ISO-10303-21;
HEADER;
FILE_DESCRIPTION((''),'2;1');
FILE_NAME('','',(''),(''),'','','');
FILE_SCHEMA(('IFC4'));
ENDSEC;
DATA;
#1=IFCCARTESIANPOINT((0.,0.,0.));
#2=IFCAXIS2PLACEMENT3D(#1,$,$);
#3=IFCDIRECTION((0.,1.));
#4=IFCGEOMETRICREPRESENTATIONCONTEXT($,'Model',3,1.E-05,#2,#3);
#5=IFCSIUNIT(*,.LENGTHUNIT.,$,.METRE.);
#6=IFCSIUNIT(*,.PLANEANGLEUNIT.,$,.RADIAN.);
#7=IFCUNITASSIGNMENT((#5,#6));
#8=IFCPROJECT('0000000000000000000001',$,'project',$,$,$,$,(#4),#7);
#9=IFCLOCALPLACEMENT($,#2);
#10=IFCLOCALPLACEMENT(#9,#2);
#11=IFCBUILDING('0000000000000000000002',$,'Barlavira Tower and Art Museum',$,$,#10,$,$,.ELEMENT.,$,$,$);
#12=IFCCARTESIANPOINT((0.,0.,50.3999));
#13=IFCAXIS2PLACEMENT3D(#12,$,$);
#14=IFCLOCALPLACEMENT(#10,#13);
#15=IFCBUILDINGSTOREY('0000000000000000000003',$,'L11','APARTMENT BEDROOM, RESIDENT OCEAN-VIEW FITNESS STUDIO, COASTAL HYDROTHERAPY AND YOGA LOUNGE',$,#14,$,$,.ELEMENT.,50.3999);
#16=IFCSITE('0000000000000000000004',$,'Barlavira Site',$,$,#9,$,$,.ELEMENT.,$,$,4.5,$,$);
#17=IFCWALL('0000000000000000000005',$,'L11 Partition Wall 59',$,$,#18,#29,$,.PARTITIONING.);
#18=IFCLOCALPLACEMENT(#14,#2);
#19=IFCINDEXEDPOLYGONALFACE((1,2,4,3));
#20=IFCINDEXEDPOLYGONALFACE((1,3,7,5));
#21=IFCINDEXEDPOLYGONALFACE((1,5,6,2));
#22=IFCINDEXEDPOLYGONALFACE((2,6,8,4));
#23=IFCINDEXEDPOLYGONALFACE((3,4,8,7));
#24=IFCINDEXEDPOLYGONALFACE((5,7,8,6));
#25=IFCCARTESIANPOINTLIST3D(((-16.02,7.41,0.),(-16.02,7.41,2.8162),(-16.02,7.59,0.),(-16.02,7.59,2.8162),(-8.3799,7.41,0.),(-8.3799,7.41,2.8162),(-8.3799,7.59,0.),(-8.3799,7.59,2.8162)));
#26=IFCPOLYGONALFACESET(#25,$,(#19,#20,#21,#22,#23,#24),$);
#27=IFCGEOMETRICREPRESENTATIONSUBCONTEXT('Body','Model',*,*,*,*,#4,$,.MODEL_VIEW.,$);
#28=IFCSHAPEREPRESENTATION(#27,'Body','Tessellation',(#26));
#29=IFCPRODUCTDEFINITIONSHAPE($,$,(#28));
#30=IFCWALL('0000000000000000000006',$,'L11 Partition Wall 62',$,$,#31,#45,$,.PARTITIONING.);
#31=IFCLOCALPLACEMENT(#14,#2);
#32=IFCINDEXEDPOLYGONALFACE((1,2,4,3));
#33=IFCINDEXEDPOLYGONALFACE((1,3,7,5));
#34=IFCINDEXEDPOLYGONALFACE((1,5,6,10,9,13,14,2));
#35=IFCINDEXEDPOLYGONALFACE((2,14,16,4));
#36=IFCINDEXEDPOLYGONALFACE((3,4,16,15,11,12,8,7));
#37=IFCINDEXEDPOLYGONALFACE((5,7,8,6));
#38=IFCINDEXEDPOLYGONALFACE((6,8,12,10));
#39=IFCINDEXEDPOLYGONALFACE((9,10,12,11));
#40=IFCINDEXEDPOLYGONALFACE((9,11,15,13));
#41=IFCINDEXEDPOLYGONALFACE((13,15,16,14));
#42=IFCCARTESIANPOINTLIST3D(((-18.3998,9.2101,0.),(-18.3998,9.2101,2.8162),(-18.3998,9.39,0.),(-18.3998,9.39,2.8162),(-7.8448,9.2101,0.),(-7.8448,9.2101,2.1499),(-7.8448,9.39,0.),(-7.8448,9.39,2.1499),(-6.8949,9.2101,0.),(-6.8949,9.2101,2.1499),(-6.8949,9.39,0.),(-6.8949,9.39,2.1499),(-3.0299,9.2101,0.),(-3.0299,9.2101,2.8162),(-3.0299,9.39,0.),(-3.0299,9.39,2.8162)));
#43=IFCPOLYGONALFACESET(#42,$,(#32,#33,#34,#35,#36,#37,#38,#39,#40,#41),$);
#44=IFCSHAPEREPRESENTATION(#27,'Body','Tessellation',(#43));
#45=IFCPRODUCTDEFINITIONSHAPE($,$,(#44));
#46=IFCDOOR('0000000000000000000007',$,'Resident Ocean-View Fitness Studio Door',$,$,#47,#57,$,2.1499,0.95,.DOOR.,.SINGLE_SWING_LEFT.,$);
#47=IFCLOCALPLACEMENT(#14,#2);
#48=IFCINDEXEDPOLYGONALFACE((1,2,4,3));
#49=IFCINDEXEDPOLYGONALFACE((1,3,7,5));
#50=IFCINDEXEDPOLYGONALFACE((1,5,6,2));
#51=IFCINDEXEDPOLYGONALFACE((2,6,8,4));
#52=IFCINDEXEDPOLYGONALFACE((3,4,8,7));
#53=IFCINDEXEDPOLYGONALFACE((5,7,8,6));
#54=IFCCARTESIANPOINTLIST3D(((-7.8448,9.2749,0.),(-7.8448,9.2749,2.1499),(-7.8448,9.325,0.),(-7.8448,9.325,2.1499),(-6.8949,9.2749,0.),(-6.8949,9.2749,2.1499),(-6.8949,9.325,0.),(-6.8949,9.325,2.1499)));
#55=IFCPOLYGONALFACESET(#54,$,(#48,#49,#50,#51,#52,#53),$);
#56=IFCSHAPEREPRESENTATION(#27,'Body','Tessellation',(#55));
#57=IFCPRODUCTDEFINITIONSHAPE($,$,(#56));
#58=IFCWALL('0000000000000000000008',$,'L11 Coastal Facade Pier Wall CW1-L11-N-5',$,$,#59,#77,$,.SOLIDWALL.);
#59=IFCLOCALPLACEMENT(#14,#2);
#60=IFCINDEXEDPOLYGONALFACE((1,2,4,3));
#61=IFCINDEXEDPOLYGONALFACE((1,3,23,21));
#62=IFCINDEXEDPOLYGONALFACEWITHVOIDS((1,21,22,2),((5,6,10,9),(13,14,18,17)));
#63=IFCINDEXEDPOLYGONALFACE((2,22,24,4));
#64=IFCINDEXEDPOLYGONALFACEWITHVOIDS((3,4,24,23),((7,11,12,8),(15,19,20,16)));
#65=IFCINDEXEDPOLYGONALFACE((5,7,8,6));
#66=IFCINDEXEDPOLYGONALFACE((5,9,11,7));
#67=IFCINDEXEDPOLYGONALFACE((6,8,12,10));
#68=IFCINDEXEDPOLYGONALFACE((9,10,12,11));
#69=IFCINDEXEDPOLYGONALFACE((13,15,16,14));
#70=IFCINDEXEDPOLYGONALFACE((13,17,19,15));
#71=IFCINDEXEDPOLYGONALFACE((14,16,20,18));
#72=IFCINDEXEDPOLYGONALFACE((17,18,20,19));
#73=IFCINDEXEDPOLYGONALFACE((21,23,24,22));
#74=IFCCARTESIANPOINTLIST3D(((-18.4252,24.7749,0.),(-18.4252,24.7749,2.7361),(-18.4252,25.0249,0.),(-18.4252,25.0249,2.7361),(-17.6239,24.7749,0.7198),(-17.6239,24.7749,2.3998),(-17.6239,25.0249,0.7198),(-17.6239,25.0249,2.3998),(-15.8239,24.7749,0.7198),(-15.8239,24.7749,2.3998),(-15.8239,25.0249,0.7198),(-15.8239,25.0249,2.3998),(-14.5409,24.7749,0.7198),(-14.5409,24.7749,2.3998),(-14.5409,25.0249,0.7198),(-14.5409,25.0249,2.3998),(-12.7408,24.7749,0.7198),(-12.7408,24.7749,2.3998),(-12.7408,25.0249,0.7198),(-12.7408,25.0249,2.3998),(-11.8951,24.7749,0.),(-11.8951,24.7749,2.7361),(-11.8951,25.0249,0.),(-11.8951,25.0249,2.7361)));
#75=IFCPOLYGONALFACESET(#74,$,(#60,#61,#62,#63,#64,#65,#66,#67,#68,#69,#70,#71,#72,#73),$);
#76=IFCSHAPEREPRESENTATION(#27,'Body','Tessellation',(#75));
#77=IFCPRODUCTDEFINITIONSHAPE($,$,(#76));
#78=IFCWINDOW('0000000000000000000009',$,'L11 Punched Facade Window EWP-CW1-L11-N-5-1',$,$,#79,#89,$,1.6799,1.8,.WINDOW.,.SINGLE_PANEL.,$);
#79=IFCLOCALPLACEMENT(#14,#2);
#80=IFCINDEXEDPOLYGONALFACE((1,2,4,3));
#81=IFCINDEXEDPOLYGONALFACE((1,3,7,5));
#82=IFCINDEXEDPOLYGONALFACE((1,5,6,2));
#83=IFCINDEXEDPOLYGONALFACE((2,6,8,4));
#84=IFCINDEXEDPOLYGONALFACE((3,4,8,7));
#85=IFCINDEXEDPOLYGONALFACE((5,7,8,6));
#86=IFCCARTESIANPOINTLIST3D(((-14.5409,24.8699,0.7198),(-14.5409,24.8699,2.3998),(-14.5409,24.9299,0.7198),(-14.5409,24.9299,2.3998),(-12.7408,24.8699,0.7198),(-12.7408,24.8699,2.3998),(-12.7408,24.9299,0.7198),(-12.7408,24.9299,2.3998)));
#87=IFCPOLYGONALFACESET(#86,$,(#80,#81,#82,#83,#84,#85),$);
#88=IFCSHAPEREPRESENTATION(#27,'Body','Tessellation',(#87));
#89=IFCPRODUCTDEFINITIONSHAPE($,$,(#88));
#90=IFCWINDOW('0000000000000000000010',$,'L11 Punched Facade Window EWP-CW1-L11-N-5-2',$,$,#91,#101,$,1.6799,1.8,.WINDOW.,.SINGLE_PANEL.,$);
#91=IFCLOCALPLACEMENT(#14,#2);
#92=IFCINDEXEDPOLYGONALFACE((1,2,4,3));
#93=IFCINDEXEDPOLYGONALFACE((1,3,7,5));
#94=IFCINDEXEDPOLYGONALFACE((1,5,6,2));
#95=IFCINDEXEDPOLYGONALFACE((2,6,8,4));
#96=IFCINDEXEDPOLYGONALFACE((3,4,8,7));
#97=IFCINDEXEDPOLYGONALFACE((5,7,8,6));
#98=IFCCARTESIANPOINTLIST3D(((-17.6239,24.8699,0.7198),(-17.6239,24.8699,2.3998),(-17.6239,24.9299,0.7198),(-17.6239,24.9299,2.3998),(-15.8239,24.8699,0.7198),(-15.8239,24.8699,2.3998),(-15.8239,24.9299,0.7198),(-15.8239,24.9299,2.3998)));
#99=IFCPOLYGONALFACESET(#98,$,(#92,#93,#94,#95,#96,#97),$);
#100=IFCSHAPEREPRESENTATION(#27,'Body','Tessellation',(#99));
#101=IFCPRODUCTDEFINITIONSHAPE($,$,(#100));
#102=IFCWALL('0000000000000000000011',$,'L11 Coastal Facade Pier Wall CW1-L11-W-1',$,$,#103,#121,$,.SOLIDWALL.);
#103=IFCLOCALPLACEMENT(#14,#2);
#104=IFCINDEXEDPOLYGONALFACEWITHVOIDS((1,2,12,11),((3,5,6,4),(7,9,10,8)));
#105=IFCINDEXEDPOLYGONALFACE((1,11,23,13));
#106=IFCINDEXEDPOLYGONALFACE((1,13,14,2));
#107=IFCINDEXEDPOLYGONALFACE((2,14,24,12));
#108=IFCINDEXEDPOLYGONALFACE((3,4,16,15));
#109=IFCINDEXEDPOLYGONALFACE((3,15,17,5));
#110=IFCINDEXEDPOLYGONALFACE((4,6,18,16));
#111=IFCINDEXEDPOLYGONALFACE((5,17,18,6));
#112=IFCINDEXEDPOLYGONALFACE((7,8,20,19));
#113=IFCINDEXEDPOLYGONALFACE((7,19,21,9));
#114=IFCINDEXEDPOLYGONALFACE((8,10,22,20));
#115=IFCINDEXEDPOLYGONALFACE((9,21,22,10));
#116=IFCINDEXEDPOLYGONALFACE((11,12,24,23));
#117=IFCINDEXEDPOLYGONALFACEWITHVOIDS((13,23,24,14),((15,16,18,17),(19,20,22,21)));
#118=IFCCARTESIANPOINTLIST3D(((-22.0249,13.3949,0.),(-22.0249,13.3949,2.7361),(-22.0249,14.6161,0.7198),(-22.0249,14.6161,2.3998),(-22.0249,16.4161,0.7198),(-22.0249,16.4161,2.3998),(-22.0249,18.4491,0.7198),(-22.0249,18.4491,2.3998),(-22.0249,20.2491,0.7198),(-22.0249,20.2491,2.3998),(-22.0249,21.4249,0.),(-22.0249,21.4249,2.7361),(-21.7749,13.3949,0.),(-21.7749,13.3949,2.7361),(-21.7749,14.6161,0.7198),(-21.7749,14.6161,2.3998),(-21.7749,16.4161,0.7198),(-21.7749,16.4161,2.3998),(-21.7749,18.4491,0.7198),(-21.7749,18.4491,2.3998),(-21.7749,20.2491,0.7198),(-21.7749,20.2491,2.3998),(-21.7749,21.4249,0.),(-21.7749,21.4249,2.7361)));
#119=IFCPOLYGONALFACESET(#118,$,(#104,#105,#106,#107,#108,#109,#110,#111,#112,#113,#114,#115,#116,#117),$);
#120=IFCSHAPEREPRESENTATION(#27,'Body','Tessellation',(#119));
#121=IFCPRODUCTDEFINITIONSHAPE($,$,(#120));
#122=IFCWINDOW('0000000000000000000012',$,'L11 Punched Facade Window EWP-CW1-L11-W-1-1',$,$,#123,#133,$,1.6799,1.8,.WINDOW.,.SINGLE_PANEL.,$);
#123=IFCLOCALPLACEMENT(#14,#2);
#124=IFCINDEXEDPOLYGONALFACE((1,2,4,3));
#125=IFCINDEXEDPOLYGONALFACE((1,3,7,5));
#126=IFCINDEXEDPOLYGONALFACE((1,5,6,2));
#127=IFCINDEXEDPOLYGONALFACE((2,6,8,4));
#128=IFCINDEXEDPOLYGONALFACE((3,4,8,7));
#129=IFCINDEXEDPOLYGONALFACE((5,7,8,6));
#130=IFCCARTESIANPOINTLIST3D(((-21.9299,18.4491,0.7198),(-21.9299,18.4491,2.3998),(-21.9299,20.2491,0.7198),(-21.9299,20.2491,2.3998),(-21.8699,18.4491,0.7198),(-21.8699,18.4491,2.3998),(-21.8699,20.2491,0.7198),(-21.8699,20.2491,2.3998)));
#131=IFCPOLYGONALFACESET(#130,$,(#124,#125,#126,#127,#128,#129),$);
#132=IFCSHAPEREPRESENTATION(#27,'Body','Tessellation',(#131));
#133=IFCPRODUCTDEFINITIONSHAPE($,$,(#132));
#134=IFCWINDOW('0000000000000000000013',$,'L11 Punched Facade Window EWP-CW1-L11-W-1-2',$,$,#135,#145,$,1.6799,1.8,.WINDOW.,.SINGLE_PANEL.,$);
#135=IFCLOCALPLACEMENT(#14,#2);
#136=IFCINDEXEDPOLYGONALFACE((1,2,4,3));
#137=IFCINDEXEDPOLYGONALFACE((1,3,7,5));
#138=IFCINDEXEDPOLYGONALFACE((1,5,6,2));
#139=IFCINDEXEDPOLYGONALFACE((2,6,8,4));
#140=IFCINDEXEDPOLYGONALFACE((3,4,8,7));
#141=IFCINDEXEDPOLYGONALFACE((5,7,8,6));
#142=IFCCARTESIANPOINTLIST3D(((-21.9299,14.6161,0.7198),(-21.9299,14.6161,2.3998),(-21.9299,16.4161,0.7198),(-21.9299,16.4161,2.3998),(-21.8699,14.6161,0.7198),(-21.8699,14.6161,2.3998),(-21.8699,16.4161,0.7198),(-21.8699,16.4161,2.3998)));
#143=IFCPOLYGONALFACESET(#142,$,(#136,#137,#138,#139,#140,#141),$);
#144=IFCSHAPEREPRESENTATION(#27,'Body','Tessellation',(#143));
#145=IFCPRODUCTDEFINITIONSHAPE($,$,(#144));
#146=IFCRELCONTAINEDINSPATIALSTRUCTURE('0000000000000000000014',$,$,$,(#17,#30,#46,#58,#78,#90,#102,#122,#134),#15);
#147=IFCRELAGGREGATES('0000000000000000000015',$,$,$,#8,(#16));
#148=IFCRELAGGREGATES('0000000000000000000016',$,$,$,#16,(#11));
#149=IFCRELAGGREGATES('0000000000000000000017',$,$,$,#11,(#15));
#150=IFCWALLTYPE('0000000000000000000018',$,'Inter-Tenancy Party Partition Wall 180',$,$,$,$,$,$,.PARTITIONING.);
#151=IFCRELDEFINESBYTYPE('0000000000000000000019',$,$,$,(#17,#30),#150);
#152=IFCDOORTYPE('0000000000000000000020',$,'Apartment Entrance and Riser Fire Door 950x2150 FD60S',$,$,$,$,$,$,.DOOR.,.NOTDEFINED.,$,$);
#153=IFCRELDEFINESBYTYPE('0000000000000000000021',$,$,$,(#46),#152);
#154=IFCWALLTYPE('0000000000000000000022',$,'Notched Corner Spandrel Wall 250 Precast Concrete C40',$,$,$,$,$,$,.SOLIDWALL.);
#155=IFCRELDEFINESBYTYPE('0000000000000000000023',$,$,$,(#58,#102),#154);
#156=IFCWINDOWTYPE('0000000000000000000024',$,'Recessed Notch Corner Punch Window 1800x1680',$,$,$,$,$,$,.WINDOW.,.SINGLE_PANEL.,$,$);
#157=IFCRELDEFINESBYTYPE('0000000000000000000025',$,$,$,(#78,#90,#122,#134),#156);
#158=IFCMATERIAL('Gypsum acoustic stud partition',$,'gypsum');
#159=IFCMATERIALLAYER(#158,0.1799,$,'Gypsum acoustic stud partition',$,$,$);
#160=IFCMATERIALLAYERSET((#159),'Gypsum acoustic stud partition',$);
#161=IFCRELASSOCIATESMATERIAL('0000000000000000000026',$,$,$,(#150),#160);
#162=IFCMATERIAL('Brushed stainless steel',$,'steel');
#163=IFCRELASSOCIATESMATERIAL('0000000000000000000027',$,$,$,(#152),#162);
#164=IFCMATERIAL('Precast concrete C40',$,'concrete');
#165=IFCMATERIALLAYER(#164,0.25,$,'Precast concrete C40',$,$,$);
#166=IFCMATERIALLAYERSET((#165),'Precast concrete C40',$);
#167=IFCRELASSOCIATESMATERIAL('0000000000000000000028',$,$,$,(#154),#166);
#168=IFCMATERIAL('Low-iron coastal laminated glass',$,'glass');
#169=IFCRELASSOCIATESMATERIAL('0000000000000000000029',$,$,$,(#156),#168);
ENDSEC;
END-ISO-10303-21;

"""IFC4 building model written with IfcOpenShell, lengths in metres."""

from ifc_helpers import new_model, si_unit, direction, frame, frame_2d, origin, place, context, subcontext, project, spatial, rectangle, extrude, material, layer, layer_set, type_object, element, fill, save


model = new_model("IFC4")

# Units and contexts
model_context = context("Model", 3, precision=1e-05, world=origin(), true_north=direction((0.0, 1.0)))
body_context = subcontext(model_context, "Body", "Model", "MODEL_VIEW")
ifc_project = project(units=[si_unit("LENGTHUNIT", "METRE"), si_unit("PLANEANGLEUNIT", "RADIAN")], contexts=[model_context])

# Site, building, storey
site_placement = place(None, origin())
site = spatial("IfcSite", under=ifc_project, at=site_placement, Name="Barlavira Site", CompositionType="ELEMENT", RefElevation=4.5)
building_placement = place(site_placement, origin())
building = spatial("IfcBuilding", under=site, at=building_placement, Name="Barlavira Tower and Art Museum", CompositionType="ELEMENT")
storey_placement = place(building_placement, frame((0.0, 0.0, 50.3999)))
storey = spatial("IfcBuildingStorey", under=building, at=storey_placement, Name="L11", Description="APARTMENT BEDROOM, RESIDENT OCEAN-VIEW FITNESS STUDIO, COASTAL HYDROTHERAPY AND YOGA LOUNGE", CompositionType="ELEMENT", Elevation=50.3999)

# Wall
ifc_material_1 = material(Name="Gypsum acoustic stud partition", Category="gypsum")
ifc_layer_1 = layer(ifc_material_1, 0.1799, Name="Gypsum acoustic stud partition")
ifc_layer_set_1 = layer_set([ifc_layer_1], Name="Gypsum acoustic stud partition")
wall_type_1 = type_object("IfcWallType", Name="Inter-Tenancy Party Partition Wall 180", PredefinedType="PARTITIONING", material=ifc_layer_set_1)
wall_1_placement = place(storey_placement, frame((-16.02, 7.5, 0.0), z_axis=(0.0, 0.0, 1.0), x_axis=(1.0, 0.0, 0.0)))
element("IfcWall", 1, at=wall_1_placement, inside=storey, type_object=wall_type_1, Name="L11 Partition Wall 59", PredefinedType="PARTITIONING", context=body_context, shape_type="SweptSolid", body=[
    extrude(rectangle(XDim=7.6401, YDim=0.1799, at=frame_2d((3.8201, 0.0))), origin(), (0.0, 0.0, 1.0), 2.8162),
])

# Wall, opening, door
wall_2_placement = place(storey_placement, frame((-18.3999, 9.3, 0.0), z_axis=(0.0, 0.0, 1.0), x_axis=(1.0, 0.0, 0.0)))
wall_2 = element("IfcWall", 2, at=wall_2_placement, inside=storey, type_object=wall_type_1, Name="L11 Partition Wall 62", PredefinedType="PARTITIONING", context=body_context, shape_type="SweptSolid", body=[
    extrude(rectangle(XDim=15.3699, YDim=0.1799, at=frame_2d((7.6851, 0.0))), origin(), (0.0, 0.0, 1.0), 2.8162),
])
opening_1_placement = place(wall_2_placement, frame((10.5549, 0.0, 0.0)))
opening_1 = element("IfcOpeningElement", 3, at=opening_1_placement, cuts=wall_2, PredefinedType="OPENING", context=body_context, shape_type="SweptSolid", body=[
    extrude(rectangle(XDim=0.95, YDim=2.1499, at=frame_2d((0.4751, 1.075))), frame((0.0, 0.1001, 0.0), z_axis=(0.0, -1.0, 0.0), x_axis=(1.0, 0.0, 0.0)), (0.0, 0.0, 1.0), 0.2),
])
ifc_material_2 = material(Name="Brushed stainless steel", Category="steel")
door_type = type_object("IfcDoorType", Name="Apartment Entrance and Riser Fire Door 950x2150 FD60S", OperationType="NOTDEFINED", PredefinedType="DOOR", material=ifc_material_2)
door_placement = place(opening_1_placement, origin())
door = element("IfcDoor", 4, at=door_placement, inside=storey, type_object=door_type, Name="Resident Ocean-View Fitness Studio Door", OperationType="SINGLE_SWING_LEFT", OverallHeight=2.1499, OverallWidth=0.95, PredefinedType="DOOR", context=body_context, shape_type="SweptSolid", body=[
    extrude(rectangle(XDim=0.95, YDim=2.1499, at=frame_2d((0.4751, 1.075))), frame((0.0, 0.0249, 0.0), z_axis=(0.0, -1.0, 0.0), x_axis=(1.0, 0.0, 0.0)), (0.0, 0.0, 1.0), 0.05),
])
fill(opening_1, door)

# Walls, openings, windows
ifc_material_3 = material(Name="Precast concrete C40", Category="concrete")
ifc_layer_2 = layer(ifc_material_3, 0.25, Name="Precast concrete C40")
ifc_layer_set_2 = layer_set([ifc_layer_2], Name="Precast concrete C40")
wall_type_2 = type_object("IfcWallType", Name="Notched Corner Spandrel Wall 250 Precast Concrete C40", PredefinedType="SOLIDWALL", material=ifc_layer_set_2)
wall_3_placement = place(storey_placement, frame((-11.895, 24.8999, 0.0), z_axis=(0.0, 0.0, 1.0), x_axis=(-1.0, 0.0, 0.0)))
wall_3 = element("IfcWall", 5, at=wall_3_placement, inside=storey, type_object=wall_type_2, Name="L11 Coastal Facade Pier Wall CW1-L11-N-5", PredefinedType="SOLIDWALL", context=body_context, shape_type="SweptSolid", body=[
    extrude(rectangle(XDim=6.53, YDim=0.25, at=frame_2d((3.2651, 0.0))), origin(), (0.0, 0.0, 1.0), 2.7361),
])
opening_2_placement = place(wall_3_placement, frame((0.8459, 0.0, 0.72)))
opening_2 = element("IfcOpeningElement", 6, at=opening_2_placement, cuts=wall_3, PredefinedType="OPENING", context=body_context, shape_type="SweptSolid", body=[
    extrude(rectangle(XDim=1.8, YDim=1.6799, at=frame_2d((0.8999, 0.8398))), frame((0.0, 0.135, 0.0), z_axis=(0.0, -1.0, 0.0), x_axis=(1.0, 0.0, 0.0)), (0.0, 0.0, 1.0), 0.27),
])
opening_3_placement = place(wall_3_placement, frame((3.929, 0.0, 0.72)))
opening_3 = element("IfcOpeningElement", 7, at=opening_3_placement, cuts=wall_3, PredefinedType="OPENING", context=body_context, shape_type="SweptSolid", body=[
    extrude(rectangle(XDim=1.8, YDim=1.6799, at=frame_2d((0.8999, 0.8398))), frame((0.0, 0.135, 0.0), z_axis=(0.0, -1.0, 0.0), x_axis=(1.0, 0.0, 0.0)), (0.0, 0.0, 1.0), 0.27),
])
ifc_material_4 = material(Name="Low-iron coastal laminated glass", Category="glass")
window_type = type_object("IfcWindowType", Name="Recessed Notch Corner Punch Window 1800x1680", PartitioningType="SINGLE_PANEL", PredefinedType="WINDOW", material=ifc_material_4)
window_1_placement = place(opening_2_placement, origin())
window_1 = element("IfcWindow", 8, at=window_1_placement, inside=storey, type_object=window_type, Name="L11 Punched Facade Window EWP-CW1-L11-N-5-1", OverallHeight=1.6799, OverallWidth=1.8, PartitioningType="SINGLE_PANEL", PredefinedType="WINDOW", context=body_context, shape_type="SweptSolid", body=[
    extrude(rectangle(XDim=1.8, YDim=1.6799, at=frame_2d((0.8999, 0.8398))), frame((0.0, 0.03, 0.0), z_axis=(0.0, -1.0, 0.0), x_axis=(1.0, 0.0, 0.0)), (0.0, 0.0, 1.0), 0.0601),
])
fill(opening_2, window_1)
window_2_placement = place(opening_3_placement, origin())
window_2 = element("IfcWindow", 9, at=window_2_placement, inside=storey, type_object=window_type, Name="L11 Punched Facade Window EWP-CW1-L11-N-5-2", OverallHeight=1.6799, OverallWidth=1.8, PartitioningType="SINGLE_PANEL", PredefinedType="WINDOW", context=body_context, shape_type="SweptSolid", body=[
    extrude(rectangle(XDim=1.8, YDim=1.6799, at=frame_2d((0.8999, 0.8398))), frame((0.0, 0.03, 0.0), z_axis=(0.0, -1.0, 0.0), x_axis=(1.0, 0.0, 0.0)), (0.0, 0.0, 1.0), 0.0601),
])
fill(opening_3, window_2)
wall_4_placement = place(storey_placement, frame((-21.8999, 21.425, 0.0), z_axis=(0.0, 0.0, 1.0), x_axis=(0.0, -1.0, 0.0)))
wall_4 = element("IfcWall", 10, at=wall_4_placement, inside=storey, type_object=wall_type_2, Name="L11 Coastal Facade Pier Wall CW1-L11-W-1", PredefinedType="SOLIDWALL", context=body_context, shape_type="SweptSolid", body=[
    extrude(rectangle(XDim=8.03, YDim=0.25, at=frame_2d((4.0151, 0.0))), origin(), (0.0, 0.0, 1.0), 2.7361),
])
opening_4_placement = place(wall_4_placement, frame((1.176, 0.0, 0.72)))
opening_4 = element("IfcOpeningElement", 11, at=opening_4_placement, cuts=wall_4, PredefinedType="OPENING", context=body_context, shape_type="SweptSolid", body=[
    extrude(rectangle(XDim=1.8, YDim=1.6799, at=frame_2d((0.8999, 0.8398))), frame((0.0, 0.135, 0.0), z_axis=(0.0, -1.0, 0.0), x_axis=(1.0, 0.0, 0.0)), (0.0, 0.0, 1.0), 0.27),
])
opening_5_placement = place(wall_4_placement, frame((5.009, 0.0, 0.72)))
opening_5 = element("IfcOpeningElement", 12, at=opening_5_placement, cuts=wall_4, PredefinedType="OPENING", context=body_context, shape_type="SweptSolid", body=[
    extrude(rectangle(XDim=1.8, YDim=1.6799, at=frame_2d((0.8999, 0.8398))), frame((0.0, 0.135, 0.0), z_axis=(0.0, -1.0, 0.0), x_axis=(1.0, 0.0, 0.0)), (0.0, 0.0, 1.0), 0.27),
])
window_3_placement = place(opening_4_placement, origin())
window_3 = element("IfcWindow", 13, at=window_3_placement, inside=storey, type_object=window_type, Name="L11 Punched Facade Window EWP-CW1-L11-W-1-1", OverallHeight=1.6799, OverallWidth=1.8, PartitioningType="SINGLE_PANEL", PredefinedType="WINDOW", context=body_context, shape_type="SweptSolid", body=[
    extrude(rectangle(XDim=1.8, YDim=1.6799, at=frame_2d((0.8999, 0.8398))), frame((0.0, 0.03, 0.0), z_axis=(0.0, -1.0, 0.0), x_axis=(1.0, 0.0, 0.0)), (0.0, 0.0, 1.0), 0.0601),
])
fill(opening_4, window_3)
window_4_placement = place(opening_5_placement, origin())
window_4 = element("IfcWindow", 14, at=window_4_placement, inside=storey, type_object=window_type, Name="L11 Punched Facade Window EWP-CW1-L11-W-1-2", OverallHeight=1.6799, OverallWidth=1.8, PartitioningType="SINGLE_PANEL", PredefinedType="WINDOW", context=body_context, shape_type="SweptSolid", body=[
    extrude(rectangle(XDim=1.8, YDim=1.6799, at=frame_2d((0.8999, 0.8398))), frame((0.0, 0.03, 0.0), z_axis=(0.0, -1.0, 0.0), x_axis=(1.0, 0.0, 0.0)), (0.0, 0.0, 1.0), 0.0601),
])
fill(opening_5, window_4)

save(model, "model.ifc")
